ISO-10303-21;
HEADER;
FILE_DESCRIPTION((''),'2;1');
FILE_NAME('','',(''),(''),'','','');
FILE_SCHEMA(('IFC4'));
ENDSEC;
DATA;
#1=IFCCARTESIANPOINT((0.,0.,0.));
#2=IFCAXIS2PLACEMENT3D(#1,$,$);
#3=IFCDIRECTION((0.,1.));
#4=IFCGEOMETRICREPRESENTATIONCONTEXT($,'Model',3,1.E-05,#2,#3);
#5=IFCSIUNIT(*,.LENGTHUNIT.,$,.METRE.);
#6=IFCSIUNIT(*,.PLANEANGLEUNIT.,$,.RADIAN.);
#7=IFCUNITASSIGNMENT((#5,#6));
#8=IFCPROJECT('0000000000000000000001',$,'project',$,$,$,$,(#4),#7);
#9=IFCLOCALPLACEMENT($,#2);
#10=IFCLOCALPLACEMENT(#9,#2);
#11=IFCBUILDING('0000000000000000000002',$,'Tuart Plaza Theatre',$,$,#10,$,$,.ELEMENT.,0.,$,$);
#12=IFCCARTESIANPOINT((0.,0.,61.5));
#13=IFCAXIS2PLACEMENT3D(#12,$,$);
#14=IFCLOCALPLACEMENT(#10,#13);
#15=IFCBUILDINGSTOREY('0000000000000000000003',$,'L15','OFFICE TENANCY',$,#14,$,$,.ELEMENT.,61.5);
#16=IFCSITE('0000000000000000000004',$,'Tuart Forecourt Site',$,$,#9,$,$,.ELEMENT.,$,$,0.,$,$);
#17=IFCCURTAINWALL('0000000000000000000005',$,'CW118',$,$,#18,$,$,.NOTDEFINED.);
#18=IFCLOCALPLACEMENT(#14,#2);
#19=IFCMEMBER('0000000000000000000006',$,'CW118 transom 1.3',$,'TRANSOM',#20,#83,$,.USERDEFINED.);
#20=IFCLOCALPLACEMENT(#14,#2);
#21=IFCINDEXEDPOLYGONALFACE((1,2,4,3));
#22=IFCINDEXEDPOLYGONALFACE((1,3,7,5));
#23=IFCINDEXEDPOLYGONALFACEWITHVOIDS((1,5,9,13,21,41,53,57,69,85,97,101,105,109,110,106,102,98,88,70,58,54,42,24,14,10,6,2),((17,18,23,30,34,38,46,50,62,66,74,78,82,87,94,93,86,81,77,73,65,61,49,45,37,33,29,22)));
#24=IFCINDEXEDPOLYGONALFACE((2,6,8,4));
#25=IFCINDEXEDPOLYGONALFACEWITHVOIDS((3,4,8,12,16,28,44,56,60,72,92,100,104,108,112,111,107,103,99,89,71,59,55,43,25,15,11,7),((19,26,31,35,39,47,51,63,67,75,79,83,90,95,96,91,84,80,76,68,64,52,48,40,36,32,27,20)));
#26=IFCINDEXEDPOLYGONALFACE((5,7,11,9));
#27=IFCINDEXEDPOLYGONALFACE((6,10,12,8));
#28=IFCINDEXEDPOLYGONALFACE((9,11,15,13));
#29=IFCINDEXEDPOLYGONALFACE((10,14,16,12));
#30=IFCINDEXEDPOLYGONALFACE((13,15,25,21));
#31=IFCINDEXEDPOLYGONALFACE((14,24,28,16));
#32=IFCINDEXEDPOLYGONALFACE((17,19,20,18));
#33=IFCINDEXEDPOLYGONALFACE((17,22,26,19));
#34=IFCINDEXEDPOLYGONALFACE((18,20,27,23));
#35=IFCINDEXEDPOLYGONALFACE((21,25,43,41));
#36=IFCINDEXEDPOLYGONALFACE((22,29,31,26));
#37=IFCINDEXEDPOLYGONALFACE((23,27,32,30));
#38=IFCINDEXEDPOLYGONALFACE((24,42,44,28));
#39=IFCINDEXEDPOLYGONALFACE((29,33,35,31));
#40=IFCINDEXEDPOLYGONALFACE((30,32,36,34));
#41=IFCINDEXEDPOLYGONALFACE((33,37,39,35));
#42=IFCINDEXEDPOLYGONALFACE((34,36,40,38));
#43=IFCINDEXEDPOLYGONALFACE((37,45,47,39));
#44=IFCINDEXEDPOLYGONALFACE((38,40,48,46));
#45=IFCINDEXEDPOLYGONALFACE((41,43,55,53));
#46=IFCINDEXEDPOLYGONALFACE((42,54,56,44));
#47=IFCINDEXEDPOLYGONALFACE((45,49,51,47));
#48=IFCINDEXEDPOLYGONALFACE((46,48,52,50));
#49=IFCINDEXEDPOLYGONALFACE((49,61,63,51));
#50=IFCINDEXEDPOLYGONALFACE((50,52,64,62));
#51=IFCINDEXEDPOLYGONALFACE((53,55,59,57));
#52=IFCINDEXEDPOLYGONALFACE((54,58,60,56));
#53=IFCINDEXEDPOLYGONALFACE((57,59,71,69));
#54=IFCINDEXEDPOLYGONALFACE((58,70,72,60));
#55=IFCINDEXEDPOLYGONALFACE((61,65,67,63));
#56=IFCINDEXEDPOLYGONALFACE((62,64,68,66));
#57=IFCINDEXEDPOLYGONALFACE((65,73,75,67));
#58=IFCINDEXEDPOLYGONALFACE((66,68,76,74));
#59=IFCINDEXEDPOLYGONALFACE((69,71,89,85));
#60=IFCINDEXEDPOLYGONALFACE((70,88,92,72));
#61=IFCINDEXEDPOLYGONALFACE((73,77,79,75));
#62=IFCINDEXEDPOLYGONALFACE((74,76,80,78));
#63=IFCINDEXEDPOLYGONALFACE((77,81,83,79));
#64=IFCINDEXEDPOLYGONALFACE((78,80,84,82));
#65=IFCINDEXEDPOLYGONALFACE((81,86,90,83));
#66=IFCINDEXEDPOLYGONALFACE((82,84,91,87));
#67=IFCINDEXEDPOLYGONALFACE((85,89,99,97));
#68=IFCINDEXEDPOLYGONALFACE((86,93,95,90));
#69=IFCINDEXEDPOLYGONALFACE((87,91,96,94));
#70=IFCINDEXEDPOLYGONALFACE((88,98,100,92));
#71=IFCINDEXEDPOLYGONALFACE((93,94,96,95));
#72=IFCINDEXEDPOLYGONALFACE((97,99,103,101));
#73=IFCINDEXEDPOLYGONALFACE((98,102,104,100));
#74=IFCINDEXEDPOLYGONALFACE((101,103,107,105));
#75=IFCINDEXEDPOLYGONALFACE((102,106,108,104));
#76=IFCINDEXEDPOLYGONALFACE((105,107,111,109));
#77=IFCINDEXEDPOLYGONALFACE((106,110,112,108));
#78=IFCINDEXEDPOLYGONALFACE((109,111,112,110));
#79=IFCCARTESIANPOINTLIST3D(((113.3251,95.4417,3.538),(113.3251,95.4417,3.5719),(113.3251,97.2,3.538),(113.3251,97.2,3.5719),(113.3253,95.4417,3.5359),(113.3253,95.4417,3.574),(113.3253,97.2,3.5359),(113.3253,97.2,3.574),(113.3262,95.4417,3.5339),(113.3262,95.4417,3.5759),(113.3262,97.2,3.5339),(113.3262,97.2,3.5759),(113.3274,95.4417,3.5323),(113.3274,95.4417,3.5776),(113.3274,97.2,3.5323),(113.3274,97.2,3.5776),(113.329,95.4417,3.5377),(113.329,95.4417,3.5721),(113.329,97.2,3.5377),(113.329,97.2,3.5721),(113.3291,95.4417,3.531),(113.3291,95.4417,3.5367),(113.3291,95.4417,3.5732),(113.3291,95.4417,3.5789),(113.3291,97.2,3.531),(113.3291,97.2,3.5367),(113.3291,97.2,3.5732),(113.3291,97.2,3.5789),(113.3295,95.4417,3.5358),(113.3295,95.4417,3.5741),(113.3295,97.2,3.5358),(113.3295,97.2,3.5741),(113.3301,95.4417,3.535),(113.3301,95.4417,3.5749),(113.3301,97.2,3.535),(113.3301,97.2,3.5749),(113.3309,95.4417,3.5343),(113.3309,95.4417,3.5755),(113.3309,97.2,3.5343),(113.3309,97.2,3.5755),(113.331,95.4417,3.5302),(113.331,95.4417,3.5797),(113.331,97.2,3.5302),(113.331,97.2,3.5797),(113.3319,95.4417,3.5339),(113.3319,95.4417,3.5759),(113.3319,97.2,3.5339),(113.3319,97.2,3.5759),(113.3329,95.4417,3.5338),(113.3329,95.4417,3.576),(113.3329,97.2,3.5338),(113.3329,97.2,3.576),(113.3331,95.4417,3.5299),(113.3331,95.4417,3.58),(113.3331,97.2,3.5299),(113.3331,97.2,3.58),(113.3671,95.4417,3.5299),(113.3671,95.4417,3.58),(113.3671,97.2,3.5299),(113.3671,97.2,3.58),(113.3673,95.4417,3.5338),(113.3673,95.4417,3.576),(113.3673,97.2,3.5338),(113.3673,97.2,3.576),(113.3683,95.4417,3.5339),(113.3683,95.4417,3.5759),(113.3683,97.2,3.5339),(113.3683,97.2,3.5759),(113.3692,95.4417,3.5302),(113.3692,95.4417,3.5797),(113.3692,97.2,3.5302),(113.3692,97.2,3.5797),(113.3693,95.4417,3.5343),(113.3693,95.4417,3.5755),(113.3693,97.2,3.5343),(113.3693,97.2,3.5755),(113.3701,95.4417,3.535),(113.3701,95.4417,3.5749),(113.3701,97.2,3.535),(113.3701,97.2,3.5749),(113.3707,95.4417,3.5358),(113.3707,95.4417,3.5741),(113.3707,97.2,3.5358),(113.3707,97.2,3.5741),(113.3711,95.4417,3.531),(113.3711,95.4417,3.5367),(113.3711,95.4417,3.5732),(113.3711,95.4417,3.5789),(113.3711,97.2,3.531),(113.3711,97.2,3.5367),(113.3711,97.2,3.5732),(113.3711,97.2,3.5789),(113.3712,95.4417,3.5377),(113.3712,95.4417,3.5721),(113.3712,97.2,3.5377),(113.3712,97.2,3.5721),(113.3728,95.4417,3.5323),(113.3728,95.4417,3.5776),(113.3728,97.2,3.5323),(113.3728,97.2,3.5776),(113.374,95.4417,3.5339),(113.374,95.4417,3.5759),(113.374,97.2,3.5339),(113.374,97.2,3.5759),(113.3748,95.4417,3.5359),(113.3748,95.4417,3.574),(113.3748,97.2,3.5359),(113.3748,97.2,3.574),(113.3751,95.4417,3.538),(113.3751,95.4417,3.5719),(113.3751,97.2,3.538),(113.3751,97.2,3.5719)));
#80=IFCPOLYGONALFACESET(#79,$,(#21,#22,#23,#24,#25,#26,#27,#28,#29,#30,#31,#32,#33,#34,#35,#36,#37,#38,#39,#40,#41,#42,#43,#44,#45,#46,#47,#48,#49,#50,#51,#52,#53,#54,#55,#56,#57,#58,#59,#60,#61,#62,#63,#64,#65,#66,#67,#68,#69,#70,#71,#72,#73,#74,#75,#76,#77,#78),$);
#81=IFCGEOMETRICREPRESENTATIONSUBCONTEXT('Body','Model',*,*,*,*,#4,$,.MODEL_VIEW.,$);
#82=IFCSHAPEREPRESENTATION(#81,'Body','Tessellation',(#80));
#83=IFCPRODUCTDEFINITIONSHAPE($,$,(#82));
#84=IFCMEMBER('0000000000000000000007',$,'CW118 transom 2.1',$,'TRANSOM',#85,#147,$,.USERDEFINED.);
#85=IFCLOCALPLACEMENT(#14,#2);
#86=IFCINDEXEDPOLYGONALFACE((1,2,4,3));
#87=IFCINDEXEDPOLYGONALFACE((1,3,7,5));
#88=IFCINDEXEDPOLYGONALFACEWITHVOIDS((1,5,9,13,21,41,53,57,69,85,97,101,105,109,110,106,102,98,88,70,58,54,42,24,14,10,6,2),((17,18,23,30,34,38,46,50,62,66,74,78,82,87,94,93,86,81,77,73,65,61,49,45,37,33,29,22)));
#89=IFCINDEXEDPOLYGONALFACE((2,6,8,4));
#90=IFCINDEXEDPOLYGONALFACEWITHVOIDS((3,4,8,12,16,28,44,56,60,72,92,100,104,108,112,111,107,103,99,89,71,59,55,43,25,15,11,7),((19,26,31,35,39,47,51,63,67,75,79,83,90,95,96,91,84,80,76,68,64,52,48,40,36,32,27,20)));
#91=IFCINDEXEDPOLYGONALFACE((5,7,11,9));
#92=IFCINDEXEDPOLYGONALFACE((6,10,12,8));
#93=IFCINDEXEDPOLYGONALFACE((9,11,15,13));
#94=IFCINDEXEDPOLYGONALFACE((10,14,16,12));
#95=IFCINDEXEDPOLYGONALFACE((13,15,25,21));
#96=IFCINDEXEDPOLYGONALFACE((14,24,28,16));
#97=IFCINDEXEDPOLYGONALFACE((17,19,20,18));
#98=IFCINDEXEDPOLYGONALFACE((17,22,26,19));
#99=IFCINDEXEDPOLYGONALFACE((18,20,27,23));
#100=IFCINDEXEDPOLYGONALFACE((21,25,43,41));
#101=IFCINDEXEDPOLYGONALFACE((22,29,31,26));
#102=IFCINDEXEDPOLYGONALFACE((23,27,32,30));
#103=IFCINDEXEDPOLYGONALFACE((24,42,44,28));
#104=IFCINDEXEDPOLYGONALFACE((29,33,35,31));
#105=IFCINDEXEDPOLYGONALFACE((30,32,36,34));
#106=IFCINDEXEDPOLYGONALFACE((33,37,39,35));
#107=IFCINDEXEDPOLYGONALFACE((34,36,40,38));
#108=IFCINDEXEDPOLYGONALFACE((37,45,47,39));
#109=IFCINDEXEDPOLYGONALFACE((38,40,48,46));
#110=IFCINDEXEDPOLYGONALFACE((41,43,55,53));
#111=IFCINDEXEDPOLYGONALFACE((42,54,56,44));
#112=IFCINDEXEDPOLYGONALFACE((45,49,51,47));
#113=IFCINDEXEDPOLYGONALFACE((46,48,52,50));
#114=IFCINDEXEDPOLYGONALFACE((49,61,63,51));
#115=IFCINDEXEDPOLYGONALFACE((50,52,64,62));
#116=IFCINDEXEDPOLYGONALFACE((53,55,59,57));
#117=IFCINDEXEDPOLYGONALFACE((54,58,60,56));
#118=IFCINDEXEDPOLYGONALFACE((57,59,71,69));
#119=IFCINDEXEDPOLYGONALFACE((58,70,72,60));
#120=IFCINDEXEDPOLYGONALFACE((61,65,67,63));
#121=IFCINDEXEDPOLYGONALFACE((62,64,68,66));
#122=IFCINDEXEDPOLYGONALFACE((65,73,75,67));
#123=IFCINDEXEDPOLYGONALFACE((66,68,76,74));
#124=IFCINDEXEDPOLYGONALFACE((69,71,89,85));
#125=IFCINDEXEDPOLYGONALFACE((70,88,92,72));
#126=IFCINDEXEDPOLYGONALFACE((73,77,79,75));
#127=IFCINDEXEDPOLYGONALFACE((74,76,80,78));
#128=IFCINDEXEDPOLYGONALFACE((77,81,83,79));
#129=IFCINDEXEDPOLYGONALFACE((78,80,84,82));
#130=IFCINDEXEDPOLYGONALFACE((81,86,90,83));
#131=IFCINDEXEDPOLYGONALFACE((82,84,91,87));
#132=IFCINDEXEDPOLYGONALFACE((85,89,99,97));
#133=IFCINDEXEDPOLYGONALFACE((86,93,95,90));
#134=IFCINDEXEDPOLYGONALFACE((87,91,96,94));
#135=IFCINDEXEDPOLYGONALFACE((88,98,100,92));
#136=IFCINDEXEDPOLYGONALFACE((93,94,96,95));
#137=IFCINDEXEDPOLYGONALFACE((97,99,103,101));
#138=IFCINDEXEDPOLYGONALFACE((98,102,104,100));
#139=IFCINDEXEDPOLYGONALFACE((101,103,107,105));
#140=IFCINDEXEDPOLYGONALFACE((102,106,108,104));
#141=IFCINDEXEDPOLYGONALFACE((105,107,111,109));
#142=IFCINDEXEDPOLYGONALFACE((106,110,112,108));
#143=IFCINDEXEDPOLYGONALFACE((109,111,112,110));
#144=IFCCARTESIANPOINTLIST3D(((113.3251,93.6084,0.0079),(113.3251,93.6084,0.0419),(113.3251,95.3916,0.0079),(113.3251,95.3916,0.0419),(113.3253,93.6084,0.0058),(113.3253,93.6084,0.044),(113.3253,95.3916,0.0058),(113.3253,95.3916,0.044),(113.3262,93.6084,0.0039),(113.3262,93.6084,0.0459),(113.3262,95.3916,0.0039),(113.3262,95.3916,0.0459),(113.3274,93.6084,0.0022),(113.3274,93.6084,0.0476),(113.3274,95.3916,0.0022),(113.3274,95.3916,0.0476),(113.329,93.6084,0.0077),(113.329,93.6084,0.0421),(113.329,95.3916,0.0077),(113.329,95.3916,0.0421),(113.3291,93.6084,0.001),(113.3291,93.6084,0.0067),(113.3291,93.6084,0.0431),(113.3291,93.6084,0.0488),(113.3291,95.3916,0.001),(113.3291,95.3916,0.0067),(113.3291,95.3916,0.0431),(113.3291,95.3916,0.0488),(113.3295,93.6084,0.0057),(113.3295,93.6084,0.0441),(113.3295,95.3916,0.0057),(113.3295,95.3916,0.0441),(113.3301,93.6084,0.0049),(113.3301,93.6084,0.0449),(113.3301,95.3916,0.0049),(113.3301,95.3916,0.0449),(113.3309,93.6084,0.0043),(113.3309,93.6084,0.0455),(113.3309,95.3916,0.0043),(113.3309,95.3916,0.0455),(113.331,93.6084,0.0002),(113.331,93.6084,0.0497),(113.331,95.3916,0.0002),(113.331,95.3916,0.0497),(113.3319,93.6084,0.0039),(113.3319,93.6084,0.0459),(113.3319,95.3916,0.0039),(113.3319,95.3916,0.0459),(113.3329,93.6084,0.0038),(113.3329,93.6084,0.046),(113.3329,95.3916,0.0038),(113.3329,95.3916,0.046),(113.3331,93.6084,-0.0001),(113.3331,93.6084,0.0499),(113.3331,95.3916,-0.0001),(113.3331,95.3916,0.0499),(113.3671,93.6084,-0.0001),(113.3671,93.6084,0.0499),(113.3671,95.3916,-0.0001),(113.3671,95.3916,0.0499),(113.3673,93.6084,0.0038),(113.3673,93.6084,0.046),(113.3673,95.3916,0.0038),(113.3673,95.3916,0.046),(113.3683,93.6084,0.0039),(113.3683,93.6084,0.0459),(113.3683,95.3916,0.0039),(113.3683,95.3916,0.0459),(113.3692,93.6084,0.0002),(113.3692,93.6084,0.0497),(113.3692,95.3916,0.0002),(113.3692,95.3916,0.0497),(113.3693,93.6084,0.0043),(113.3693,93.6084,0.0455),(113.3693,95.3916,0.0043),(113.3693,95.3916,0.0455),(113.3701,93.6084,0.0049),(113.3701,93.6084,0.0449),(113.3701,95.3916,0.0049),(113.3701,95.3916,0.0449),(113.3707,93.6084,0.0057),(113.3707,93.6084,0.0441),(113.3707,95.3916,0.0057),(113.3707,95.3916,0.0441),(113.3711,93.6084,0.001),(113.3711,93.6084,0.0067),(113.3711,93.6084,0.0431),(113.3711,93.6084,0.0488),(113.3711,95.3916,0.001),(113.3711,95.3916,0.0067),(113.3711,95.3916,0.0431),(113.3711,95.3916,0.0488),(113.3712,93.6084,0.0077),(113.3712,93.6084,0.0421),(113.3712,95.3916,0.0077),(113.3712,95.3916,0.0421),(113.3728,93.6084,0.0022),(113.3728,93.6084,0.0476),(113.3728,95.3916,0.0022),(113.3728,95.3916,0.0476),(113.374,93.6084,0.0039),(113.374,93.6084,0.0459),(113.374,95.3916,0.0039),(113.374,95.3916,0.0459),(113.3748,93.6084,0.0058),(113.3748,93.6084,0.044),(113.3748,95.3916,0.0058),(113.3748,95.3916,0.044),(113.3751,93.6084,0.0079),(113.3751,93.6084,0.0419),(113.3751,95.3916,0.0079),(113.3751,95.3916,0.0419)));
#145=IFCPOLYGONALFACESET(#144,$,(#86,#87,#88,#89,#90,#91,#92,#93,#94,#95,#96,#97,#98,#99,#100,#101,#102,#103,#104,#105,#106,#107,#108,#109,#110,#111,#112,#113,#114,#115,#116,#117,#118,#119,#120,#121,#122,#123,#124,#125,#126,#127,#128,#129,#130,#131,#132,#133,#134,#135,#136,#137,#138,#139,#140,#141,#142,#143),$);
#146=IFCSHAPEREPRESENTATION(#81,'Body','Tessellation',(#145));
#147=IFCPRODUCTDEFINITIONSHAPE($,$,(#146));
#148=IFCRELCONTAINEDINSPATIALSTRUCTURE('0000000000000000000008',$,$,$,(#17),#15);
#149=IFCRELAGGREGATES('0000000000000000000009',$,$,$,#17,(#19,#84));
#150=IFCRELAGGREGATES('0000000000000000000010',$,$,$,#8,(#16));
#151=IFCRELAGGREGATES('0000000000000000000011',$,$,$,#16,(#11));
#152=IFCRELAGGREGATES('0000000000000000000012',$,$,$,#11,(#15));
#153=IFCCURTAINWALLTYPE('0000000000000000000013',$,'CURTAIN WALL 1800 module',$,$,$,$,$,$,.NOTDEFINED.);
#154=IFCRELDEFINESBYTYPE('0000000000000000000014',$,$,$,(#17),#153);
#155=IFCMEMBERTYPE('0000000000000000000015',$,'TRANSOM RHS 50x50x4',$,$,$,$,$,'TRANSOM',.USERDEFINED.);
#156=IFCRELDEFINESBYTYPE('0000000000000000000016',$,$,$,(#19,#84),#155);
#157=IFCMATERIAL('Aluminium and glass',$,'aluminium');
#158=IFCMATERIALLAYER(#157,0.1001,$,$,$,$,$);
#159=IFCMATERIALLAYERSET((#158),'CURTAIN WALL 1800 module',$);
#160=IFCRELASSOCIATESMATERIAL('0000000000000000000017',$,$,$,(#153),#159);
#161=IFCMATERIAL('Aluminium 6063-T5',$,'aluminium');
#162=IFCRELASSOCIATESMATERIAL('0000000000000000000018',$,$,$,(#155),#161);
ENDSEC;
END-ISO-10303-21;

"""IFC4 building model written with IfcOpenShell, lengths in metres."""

from ifc_helpers import new_model, si_unit, direction, frame, origin, origin_2d, place, context, subcontext, project, spatial, hollow_rectangle, extrude, material, layer, layer_set, material_profile, profile_set, type_object, element, aggregate, save


model = new_model("IFC4")

# Units and contexts
model_context = context("Model", 3, precision=1e-05, world=origin(), true_north=direction((0.0, 1.0)))
body_context = subcontext(model_context, "Body", "Model", "MODEL_VIEW")
ifc_project = project(units=[si_unit("LENGTHUNIT", "METRE"), si_unit("PLANEANGLEUNIT", "RADIAN")], contexts=[model_context])

# Site, building, storey
site_placement = place(None, origin())
site = spatial("IfcSite", under=ifc_project, at=site_placement, Name="Tuart Forecourt Site", CompositionType="ELEMENT", RefElevation=0.0)
building_placement = place(site_placement, origin())
building = spatial("IfcBuilding", under=site, at=building_placement, Name="Tuart Plaza Theatre", CompositionType="ELEMENT", ElevationOfRefHeight=0.0)
storey_placement = place(building_placement, frame((0.0, 0.0, 61.5)))
storey = spatial("IfcBuildingStorey", under=building, at=storey_placement, Name="L15", Description="OFFICE TENANCY", CompositionType="ELEMENT", Elevation=61.5)

# Curtain wall, members
ifc_material_1 = material(Name="Aluminium and glass", Category="aluminium")
ifc_layer_1 = layer(ifc_material_1, 0.1001)
ifc_layer_set_1 = layer_set([ifc_layer_1], Name="CURTAIN WALL 1800 module")
curtain_wall_type = type_object("IfcCurtainWallType", Name="CURTAIN WALL 1800 module", PredefinedType="NOTDEFINED", material=ifc_layer_set_1)
curtain_wall_placement = place(storey_placement, origin())
curtain_wall = element("IfcCurtainWall", 1, at=curtain_wall_placement, inside=storey, type_object=curtain_wall_type, Name="CW118", PredefinedType="NOTDEFINED")
ifc_material_2 = material(Name="Aluminium 6063-T5", Category="aluminium")
ifc_material_profile_1 = material_profile(ifc_material_2, hollow_rectangle(XDim=0.05, YDim=0.05, WallThickness=0.0039, InnerFilletRadius=0.0039, OuterFilletRadius=0.0081, at=origin_2d()), Name="RHS 50x50x4")
ifc_profile_set_1 = profile_set([ifc_material_profile_1], Name="Aluminium 6063-T5")
member_type_1 = type_object("IfcMemberType", Name="TRANSOM RHS 50x50x4", ElementType="TRANSOM", PredefinedType="USERDEFINED", material=ifc_profile_set_1)
member_1_placement = place(storey_placement, frame((113.3501, 97.2, 3.5549), z_axis=(0.0, -1.0, 0.0), x_axis=(1.0, 0.0, 0.0)))
member_1 = element("IfcMember", 2, at=member_1_placement, type_object=member_type_1, Name="CW118 transom 1.3", ObjectType="TRANSOM", PredefinedType="USERDEFINED", context=body_context, shape_type="SweptSolid", body=[
    extrude(hollow_rectangle(XDim=0.05, YDim=0.05, WallThickness=0.0039, InnerFilletRadius=0.0039, OuterFilletRadius=0.0081, at=origin_2d()), origin(), (0.0, 0.0, 1.0), 1.7583),
])
member_2_placement = place(storey_placement, frame((113.3501, 95.3916, 0.0249), z_axis=(0.0, -1.0, 0.0), x_axis=(1.0, 0.0, 0.0)))
member_2 = element("IfcMember", 3, at=member_2_placement, type_object=member_type_1, Name="CW118 transom 2.1", ObjectType="TRANSOM", PredefinedType="USERDEFINED", context=body_context, shape_type="SweptSolid", body=[
    extrude(hollow_rectangle(XDim=0.05, YDim=0.05, WallThickness=0.0039, InnerFilletRadius=0.0039, OuterFilletRadius=0.0081, at=origin_2d()), origin(), (0.0, 0.0, 1.0), 1.7832),
])
aggregate(curtain_wall, [member_1, member_2])

save(model, "model.ifc")
